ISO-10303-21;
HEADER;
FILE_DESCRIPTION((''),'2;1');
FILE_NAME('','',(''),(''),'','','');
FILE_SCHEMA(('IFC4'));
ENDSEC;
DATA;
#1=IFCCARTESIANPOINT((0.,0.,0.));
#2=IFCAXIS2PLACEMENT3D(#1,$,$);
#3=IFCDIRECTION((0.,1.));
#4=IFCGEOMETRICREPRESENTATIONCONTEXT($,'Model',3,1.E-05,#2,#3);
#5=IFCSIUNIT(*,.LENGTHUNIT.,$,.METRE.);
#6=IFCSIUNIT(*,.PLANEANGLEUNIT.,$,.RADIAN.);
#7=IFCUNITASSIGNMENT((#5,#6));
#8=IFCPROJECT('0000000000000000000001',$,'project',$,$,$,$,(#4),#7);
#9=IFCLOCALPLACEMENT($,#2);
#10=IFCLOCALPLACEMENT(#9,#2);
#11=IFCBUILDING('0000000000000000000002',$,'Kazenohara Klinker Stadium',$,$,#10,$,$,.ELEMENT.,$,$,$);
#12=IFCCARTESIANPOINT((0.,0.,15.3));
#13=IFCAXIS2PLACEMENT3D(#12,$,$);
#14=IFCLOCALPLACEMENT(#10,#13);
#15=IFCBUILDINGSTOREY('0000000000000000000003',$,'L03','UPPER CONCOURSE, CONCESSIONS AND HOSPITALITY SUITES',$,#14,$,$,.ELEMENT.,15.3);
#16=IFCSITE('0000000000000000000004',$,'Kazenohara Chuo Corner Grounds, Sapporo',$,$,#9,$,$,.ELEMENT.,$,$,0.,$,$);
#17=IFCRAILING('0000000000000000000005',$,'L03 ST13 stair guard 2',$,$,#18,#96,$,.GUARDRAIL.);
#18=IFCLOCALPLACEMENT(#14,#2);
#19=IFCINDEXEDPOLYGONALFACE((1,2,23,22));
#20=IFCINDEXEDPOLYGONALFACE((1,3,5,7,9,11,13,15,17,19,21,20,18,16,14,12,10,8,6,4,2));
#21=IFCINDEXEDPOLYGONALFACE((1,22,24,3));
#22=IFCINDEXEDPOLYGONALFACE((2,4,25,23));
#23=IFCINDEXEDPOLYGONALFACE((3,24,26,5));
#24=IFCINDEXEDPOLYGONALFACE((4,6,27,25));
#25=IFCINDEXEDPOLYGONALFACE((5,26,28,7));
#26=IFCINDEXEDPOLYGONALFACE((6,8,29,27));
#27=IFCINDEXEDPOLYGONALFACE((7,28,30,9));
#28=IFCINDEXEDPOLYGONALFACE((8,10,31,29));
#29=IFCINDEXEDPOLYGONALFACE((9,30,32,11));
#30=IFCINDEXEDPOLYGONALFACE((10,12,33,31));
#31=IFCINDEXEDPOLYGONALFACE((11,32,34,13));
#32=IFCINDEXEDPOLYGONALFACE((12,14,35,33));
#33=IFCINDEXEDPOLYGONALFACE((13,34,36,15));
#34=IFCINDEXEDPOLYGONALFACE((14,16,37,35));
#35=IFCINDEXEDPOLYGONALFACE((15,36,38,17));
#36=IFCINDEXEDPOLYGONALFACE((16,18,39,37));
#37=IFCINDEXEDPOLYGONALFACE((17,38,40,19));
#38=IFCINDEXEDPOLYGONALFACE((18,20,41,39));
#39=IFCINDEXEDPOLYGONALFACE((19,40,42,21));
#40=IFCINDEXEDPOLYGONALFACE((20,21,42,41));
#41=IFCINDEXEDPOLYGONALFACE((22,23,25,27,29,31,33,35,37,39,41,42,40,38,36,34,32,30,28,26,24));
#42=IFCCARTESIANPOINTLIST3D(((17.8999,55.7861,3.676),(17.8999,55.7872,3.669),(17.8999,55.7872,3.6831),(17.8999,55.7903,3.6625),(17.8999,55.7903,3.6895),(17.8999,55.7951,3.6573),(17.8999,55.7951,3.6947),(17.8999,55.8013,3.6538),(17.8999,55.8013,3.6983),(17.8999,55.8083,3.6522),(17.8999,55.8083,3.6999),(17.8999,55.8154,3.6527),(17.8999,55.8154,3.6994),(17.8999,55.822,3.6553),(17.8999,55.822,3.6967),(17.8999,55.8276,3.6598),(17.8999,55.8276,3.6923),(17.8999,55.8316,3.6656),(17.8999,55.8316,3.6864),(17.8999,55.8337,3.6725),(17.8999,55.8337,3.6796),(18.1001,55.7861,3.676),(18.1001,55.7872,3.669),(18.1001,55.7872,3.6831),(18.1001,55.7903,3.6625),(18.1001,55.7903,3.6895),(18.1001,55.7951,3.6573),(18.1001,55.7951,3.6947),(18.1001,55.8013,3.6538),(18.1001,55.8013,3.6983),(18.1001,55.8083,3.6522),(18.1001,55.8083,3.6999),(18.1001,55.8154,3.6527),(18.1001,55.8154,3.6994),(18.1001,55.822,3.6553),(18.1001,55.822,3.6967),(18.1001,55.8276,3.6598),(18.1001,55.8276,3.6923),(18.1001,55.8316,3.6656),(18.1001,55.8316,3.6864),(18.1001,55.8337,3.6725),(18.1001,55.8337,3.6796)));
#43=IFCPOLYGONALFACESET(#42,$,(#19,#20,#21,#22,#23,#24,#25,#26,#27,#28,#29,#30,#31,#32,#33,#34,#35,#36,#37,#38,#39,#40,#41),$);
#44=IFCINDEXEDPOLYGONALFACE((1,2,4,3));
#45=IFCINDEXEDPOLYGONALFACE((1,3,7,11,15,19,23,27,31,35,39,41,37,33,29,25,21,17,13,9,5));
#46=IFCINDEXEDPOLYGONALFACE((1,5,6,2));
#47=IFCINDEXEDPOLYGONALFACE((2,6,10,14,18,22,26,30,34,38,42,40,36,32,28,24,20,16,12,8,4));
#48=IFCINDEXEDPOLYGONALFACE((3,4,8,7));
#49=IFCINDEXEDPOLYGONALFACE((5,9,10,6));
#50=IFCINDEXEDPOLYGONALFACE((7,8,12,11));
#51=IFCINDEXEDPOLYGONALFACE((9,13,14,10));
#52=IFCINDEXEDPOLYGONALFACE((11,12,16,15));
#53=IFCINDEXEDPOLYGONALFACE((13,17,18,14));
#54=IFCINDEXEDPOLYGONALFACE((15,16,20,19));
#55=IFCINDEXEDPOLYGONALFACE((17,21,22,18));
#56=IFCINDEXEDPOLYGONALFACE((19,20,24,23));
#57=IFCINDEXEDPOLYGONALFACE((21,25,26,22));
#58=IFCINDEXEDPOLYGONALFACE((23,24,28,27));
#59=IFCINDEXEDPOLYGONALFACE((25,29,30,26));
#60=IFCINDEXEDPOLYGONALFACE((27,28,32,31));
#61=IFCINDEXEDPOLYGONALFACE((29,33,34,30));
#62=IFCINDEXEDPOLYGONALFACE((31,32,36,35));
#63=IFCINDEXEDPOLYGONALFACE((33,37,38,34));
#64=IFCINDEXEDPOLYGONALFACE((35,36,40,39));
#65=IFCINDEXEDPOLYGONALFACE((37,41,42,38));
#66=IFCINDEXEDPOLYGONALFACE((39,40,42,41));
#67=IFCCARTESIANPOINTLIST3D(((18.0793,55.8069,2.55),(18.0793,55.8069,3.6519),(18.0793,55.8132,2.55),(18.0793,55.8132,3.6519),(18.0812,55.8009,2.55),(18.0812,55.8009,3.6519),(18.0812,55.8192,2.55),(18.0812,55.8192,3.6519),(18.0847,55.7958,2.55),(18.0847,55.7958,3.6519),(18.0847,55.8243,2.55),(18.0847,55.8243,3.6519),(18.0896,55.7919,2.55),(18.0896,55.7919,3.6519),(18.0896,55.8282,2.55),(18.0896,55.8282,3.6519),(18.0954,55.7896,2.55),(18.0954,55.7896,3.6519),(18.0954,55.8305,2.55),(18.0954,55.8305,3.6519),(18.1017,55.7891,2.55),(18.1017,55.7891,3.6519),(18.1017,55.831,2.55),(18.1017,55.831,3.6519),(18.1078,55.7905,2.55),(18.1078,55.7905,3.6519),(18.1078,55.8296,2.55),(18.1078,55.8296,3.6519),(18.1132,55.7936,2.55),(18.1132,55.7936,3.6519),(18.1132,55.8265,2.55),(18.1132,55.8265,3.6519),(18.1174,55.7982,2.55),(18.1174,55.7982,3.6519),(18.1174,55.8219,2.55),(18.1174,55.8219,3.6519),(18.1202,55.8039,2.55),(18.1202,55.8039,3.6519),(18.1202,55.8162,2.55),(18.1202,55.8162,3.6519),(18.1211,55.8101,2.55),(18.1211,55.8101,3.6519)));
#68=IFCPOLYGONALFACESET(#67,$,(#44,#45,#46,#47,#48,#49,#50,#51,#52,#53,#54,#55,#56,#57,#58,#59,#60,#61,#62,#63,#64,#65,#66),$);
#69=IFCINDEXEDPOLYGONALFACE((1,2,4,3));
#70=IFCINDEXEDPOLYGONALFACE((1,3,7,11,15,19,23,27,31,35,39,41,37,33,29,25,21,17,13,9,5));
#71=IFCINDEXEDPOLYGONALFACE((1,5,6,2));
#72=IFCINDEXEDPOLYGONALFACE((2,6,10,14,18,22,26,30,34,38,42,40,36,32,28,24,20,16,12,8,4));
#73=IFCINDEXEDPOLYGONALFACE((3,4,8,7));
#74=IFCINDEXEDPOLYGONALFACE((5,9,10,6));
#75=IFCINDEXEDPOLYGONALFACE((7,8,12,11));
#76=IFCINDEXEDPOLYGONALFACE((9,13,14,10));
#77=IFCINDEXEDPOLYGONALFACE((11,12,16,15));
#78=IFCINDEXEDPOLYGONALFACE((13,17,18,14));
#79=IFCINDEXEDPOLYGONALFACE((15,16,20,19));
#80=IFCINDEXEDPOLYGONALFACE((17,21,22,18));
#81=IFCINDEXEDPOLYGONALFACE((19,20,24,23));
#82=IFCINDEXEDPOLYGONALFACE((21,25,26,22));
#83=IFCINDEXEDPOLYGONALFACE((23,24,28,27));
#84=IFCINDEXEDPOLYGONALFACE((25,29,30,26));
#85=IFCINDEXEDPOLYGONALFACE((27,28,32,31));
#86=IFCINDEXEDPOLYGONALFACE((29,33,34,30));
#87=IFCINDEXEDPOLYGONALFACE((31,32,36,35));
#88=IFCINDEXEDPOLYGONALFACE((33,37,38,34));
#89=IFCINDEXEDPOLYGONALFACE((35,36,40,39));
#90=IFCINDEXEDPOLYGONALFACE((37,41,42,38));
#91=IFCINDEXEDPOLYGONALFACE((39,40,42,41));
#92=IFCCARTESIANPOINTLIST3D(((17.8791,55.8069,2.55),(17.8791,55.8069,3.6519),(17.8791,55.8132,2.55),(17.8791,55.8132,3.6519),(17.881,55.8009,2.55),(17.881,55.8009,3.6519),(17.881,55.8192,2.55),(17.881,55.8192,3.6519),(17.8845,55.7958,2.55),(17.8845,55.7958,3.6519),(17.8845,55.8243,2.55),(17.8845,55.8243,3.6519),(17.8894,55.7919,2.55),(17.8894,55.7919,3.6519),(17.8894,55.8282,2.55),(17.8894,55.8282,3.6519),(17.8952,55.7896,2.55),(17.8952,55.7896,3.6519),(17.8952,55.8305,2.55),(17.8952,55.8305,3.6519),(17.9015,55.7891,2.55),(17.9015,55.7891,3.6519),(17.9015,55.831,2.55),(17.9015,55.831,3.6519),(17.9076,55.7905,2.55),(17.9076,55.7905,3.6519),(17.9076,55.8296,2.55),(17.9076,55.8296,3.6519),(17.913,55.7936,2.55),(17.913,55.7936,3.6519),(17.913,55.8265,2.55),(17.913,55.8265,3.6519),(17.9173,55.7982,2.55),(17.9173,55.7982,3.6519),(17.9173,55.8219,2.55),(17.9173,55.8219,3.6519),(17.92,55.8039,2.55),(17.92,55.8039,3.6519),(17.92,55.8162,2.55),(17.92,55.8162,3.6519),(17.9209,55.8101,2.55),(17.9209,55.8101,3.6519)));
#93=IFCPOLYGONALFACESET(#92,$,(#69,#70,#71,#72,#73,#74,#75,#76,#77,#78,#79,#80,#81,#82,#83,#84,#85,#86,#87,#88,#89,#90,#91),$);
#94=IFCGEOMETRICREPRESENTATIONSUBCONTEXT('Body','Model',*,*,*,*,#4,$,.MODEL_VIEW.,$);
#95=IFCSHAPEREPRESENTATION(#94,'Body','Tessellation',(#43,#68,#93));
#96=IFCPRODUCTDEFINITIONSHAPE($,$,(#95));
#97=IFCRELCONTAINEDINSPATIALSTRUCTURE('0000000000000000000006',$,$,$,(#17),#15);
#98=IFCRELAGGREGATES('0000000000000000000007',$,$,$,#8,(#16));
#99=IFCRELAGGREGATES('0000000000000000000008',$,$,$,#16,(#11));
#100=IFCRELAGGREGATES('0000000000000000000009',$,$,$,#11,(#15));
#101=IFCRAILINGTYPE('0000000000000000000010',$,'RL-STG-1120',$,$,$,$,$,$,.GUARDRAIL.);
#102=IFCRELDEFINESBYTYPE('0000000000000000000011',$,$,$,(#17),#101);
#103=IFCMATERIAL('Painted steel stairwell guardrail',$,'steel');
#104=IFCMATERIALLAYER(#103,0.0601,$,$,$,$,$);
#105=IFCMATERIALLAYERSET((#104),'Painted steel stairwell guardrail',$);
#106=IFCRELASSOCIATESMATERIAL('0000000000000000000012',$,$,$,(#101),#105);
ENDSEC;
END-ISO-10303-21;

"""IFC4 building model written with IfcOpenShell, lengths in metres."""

from ifc_helpers import new_model, si_unit, direction, frame, origin, origin_2d, place, context, subcontext, project, spatial, circle, extrude, material, layer, layer_set, type_object, element, save


model = new_model("IFC4")

# Units and contexts
model_context = context("Model", 3, precision=1e-05, world=origin(), true_north=direction((0.0, 1.0)))
body_context = subcontext(model_context, "Body", "Model", "MODEL_VIEW")
ifc_project = project(units=[si_unit("LENGTHUNIT", "METRE"), si_unit("PLANEANGLEUNIT", "RADIAN")], contexts=[model_context])

# Site, building, storey
site_placement = place(None, origin())
site = spatial("IfcSite", under=ifc_project, at=site_placement, Name="Kazenohara Chuo Corner Grounds, Sapporo", CompositionType="ELEMENT", RefElevation=0.0)
building_placement = place(site_placement, origin())
building = spatial("IfcBuilding", under=site, at=building_placement, Name="Kazenohara Klinker Stadium", CompositionType="ELEMENT")
storey_placement = place(building_placement, frame((0.0, 0.0, 15.3)))
storey = spatial("IfcBuildingStorey", under=building, at=storey_placement, Name="L03", Description="UPPER CONCOURSE, CONCESSIONS AND HOSPITALITY SUITES", CompositionType="ELEMENT", Elevation=15.3)

# Railing
ifc_material_1 = material(Name="Painted steel stairwell guardrail", Category="steel")
ifc_layer_1 = layer(ifc_material_1, 0.0601)
ifc_layer_set_1 = layer_set([ifc_layer_1], Name="Painted steel stairwell guardrail")
railing_type_1 = type_object("IfcRailingType", Name="RL-STG-1120", PredefinedType="GUARDRAIL", material=ifc_layer_set_1)
railing_1_placement = place(storey_placement, frame((18.1001, 55.8101, 2.55)))
element("IfcRailing", 1, at=railing_1_placement, inside=storey, type_object=railing_type_1, Name="L03 ST13 stair guard 2", PredefinedType="GUARDRAIL", context=body_context, shape_type="SweptSolid", body=[
    extrude(circle(Radius=0.0239, at=origin_2d()), frame((0.0, 0.0, 1.126), z_axis=(-1.0, 0.0, 0.0), x_axis=(0.0, -1.0, 0.0)), (0.0, 0.0, 1.0), 0.2002),
    extrude(circle(Radius=0.021, at=origin_2d()), origin(), (0.0, 0.0, 1.0), 1.1018),
    extrude(circle(Radius=0.021, at=origin_2d()), frame((-0.2002, 0.0, 0.0)), (0.0, 0.0, 1.0), 1.1018),
])

save(model, "model.ifc")
